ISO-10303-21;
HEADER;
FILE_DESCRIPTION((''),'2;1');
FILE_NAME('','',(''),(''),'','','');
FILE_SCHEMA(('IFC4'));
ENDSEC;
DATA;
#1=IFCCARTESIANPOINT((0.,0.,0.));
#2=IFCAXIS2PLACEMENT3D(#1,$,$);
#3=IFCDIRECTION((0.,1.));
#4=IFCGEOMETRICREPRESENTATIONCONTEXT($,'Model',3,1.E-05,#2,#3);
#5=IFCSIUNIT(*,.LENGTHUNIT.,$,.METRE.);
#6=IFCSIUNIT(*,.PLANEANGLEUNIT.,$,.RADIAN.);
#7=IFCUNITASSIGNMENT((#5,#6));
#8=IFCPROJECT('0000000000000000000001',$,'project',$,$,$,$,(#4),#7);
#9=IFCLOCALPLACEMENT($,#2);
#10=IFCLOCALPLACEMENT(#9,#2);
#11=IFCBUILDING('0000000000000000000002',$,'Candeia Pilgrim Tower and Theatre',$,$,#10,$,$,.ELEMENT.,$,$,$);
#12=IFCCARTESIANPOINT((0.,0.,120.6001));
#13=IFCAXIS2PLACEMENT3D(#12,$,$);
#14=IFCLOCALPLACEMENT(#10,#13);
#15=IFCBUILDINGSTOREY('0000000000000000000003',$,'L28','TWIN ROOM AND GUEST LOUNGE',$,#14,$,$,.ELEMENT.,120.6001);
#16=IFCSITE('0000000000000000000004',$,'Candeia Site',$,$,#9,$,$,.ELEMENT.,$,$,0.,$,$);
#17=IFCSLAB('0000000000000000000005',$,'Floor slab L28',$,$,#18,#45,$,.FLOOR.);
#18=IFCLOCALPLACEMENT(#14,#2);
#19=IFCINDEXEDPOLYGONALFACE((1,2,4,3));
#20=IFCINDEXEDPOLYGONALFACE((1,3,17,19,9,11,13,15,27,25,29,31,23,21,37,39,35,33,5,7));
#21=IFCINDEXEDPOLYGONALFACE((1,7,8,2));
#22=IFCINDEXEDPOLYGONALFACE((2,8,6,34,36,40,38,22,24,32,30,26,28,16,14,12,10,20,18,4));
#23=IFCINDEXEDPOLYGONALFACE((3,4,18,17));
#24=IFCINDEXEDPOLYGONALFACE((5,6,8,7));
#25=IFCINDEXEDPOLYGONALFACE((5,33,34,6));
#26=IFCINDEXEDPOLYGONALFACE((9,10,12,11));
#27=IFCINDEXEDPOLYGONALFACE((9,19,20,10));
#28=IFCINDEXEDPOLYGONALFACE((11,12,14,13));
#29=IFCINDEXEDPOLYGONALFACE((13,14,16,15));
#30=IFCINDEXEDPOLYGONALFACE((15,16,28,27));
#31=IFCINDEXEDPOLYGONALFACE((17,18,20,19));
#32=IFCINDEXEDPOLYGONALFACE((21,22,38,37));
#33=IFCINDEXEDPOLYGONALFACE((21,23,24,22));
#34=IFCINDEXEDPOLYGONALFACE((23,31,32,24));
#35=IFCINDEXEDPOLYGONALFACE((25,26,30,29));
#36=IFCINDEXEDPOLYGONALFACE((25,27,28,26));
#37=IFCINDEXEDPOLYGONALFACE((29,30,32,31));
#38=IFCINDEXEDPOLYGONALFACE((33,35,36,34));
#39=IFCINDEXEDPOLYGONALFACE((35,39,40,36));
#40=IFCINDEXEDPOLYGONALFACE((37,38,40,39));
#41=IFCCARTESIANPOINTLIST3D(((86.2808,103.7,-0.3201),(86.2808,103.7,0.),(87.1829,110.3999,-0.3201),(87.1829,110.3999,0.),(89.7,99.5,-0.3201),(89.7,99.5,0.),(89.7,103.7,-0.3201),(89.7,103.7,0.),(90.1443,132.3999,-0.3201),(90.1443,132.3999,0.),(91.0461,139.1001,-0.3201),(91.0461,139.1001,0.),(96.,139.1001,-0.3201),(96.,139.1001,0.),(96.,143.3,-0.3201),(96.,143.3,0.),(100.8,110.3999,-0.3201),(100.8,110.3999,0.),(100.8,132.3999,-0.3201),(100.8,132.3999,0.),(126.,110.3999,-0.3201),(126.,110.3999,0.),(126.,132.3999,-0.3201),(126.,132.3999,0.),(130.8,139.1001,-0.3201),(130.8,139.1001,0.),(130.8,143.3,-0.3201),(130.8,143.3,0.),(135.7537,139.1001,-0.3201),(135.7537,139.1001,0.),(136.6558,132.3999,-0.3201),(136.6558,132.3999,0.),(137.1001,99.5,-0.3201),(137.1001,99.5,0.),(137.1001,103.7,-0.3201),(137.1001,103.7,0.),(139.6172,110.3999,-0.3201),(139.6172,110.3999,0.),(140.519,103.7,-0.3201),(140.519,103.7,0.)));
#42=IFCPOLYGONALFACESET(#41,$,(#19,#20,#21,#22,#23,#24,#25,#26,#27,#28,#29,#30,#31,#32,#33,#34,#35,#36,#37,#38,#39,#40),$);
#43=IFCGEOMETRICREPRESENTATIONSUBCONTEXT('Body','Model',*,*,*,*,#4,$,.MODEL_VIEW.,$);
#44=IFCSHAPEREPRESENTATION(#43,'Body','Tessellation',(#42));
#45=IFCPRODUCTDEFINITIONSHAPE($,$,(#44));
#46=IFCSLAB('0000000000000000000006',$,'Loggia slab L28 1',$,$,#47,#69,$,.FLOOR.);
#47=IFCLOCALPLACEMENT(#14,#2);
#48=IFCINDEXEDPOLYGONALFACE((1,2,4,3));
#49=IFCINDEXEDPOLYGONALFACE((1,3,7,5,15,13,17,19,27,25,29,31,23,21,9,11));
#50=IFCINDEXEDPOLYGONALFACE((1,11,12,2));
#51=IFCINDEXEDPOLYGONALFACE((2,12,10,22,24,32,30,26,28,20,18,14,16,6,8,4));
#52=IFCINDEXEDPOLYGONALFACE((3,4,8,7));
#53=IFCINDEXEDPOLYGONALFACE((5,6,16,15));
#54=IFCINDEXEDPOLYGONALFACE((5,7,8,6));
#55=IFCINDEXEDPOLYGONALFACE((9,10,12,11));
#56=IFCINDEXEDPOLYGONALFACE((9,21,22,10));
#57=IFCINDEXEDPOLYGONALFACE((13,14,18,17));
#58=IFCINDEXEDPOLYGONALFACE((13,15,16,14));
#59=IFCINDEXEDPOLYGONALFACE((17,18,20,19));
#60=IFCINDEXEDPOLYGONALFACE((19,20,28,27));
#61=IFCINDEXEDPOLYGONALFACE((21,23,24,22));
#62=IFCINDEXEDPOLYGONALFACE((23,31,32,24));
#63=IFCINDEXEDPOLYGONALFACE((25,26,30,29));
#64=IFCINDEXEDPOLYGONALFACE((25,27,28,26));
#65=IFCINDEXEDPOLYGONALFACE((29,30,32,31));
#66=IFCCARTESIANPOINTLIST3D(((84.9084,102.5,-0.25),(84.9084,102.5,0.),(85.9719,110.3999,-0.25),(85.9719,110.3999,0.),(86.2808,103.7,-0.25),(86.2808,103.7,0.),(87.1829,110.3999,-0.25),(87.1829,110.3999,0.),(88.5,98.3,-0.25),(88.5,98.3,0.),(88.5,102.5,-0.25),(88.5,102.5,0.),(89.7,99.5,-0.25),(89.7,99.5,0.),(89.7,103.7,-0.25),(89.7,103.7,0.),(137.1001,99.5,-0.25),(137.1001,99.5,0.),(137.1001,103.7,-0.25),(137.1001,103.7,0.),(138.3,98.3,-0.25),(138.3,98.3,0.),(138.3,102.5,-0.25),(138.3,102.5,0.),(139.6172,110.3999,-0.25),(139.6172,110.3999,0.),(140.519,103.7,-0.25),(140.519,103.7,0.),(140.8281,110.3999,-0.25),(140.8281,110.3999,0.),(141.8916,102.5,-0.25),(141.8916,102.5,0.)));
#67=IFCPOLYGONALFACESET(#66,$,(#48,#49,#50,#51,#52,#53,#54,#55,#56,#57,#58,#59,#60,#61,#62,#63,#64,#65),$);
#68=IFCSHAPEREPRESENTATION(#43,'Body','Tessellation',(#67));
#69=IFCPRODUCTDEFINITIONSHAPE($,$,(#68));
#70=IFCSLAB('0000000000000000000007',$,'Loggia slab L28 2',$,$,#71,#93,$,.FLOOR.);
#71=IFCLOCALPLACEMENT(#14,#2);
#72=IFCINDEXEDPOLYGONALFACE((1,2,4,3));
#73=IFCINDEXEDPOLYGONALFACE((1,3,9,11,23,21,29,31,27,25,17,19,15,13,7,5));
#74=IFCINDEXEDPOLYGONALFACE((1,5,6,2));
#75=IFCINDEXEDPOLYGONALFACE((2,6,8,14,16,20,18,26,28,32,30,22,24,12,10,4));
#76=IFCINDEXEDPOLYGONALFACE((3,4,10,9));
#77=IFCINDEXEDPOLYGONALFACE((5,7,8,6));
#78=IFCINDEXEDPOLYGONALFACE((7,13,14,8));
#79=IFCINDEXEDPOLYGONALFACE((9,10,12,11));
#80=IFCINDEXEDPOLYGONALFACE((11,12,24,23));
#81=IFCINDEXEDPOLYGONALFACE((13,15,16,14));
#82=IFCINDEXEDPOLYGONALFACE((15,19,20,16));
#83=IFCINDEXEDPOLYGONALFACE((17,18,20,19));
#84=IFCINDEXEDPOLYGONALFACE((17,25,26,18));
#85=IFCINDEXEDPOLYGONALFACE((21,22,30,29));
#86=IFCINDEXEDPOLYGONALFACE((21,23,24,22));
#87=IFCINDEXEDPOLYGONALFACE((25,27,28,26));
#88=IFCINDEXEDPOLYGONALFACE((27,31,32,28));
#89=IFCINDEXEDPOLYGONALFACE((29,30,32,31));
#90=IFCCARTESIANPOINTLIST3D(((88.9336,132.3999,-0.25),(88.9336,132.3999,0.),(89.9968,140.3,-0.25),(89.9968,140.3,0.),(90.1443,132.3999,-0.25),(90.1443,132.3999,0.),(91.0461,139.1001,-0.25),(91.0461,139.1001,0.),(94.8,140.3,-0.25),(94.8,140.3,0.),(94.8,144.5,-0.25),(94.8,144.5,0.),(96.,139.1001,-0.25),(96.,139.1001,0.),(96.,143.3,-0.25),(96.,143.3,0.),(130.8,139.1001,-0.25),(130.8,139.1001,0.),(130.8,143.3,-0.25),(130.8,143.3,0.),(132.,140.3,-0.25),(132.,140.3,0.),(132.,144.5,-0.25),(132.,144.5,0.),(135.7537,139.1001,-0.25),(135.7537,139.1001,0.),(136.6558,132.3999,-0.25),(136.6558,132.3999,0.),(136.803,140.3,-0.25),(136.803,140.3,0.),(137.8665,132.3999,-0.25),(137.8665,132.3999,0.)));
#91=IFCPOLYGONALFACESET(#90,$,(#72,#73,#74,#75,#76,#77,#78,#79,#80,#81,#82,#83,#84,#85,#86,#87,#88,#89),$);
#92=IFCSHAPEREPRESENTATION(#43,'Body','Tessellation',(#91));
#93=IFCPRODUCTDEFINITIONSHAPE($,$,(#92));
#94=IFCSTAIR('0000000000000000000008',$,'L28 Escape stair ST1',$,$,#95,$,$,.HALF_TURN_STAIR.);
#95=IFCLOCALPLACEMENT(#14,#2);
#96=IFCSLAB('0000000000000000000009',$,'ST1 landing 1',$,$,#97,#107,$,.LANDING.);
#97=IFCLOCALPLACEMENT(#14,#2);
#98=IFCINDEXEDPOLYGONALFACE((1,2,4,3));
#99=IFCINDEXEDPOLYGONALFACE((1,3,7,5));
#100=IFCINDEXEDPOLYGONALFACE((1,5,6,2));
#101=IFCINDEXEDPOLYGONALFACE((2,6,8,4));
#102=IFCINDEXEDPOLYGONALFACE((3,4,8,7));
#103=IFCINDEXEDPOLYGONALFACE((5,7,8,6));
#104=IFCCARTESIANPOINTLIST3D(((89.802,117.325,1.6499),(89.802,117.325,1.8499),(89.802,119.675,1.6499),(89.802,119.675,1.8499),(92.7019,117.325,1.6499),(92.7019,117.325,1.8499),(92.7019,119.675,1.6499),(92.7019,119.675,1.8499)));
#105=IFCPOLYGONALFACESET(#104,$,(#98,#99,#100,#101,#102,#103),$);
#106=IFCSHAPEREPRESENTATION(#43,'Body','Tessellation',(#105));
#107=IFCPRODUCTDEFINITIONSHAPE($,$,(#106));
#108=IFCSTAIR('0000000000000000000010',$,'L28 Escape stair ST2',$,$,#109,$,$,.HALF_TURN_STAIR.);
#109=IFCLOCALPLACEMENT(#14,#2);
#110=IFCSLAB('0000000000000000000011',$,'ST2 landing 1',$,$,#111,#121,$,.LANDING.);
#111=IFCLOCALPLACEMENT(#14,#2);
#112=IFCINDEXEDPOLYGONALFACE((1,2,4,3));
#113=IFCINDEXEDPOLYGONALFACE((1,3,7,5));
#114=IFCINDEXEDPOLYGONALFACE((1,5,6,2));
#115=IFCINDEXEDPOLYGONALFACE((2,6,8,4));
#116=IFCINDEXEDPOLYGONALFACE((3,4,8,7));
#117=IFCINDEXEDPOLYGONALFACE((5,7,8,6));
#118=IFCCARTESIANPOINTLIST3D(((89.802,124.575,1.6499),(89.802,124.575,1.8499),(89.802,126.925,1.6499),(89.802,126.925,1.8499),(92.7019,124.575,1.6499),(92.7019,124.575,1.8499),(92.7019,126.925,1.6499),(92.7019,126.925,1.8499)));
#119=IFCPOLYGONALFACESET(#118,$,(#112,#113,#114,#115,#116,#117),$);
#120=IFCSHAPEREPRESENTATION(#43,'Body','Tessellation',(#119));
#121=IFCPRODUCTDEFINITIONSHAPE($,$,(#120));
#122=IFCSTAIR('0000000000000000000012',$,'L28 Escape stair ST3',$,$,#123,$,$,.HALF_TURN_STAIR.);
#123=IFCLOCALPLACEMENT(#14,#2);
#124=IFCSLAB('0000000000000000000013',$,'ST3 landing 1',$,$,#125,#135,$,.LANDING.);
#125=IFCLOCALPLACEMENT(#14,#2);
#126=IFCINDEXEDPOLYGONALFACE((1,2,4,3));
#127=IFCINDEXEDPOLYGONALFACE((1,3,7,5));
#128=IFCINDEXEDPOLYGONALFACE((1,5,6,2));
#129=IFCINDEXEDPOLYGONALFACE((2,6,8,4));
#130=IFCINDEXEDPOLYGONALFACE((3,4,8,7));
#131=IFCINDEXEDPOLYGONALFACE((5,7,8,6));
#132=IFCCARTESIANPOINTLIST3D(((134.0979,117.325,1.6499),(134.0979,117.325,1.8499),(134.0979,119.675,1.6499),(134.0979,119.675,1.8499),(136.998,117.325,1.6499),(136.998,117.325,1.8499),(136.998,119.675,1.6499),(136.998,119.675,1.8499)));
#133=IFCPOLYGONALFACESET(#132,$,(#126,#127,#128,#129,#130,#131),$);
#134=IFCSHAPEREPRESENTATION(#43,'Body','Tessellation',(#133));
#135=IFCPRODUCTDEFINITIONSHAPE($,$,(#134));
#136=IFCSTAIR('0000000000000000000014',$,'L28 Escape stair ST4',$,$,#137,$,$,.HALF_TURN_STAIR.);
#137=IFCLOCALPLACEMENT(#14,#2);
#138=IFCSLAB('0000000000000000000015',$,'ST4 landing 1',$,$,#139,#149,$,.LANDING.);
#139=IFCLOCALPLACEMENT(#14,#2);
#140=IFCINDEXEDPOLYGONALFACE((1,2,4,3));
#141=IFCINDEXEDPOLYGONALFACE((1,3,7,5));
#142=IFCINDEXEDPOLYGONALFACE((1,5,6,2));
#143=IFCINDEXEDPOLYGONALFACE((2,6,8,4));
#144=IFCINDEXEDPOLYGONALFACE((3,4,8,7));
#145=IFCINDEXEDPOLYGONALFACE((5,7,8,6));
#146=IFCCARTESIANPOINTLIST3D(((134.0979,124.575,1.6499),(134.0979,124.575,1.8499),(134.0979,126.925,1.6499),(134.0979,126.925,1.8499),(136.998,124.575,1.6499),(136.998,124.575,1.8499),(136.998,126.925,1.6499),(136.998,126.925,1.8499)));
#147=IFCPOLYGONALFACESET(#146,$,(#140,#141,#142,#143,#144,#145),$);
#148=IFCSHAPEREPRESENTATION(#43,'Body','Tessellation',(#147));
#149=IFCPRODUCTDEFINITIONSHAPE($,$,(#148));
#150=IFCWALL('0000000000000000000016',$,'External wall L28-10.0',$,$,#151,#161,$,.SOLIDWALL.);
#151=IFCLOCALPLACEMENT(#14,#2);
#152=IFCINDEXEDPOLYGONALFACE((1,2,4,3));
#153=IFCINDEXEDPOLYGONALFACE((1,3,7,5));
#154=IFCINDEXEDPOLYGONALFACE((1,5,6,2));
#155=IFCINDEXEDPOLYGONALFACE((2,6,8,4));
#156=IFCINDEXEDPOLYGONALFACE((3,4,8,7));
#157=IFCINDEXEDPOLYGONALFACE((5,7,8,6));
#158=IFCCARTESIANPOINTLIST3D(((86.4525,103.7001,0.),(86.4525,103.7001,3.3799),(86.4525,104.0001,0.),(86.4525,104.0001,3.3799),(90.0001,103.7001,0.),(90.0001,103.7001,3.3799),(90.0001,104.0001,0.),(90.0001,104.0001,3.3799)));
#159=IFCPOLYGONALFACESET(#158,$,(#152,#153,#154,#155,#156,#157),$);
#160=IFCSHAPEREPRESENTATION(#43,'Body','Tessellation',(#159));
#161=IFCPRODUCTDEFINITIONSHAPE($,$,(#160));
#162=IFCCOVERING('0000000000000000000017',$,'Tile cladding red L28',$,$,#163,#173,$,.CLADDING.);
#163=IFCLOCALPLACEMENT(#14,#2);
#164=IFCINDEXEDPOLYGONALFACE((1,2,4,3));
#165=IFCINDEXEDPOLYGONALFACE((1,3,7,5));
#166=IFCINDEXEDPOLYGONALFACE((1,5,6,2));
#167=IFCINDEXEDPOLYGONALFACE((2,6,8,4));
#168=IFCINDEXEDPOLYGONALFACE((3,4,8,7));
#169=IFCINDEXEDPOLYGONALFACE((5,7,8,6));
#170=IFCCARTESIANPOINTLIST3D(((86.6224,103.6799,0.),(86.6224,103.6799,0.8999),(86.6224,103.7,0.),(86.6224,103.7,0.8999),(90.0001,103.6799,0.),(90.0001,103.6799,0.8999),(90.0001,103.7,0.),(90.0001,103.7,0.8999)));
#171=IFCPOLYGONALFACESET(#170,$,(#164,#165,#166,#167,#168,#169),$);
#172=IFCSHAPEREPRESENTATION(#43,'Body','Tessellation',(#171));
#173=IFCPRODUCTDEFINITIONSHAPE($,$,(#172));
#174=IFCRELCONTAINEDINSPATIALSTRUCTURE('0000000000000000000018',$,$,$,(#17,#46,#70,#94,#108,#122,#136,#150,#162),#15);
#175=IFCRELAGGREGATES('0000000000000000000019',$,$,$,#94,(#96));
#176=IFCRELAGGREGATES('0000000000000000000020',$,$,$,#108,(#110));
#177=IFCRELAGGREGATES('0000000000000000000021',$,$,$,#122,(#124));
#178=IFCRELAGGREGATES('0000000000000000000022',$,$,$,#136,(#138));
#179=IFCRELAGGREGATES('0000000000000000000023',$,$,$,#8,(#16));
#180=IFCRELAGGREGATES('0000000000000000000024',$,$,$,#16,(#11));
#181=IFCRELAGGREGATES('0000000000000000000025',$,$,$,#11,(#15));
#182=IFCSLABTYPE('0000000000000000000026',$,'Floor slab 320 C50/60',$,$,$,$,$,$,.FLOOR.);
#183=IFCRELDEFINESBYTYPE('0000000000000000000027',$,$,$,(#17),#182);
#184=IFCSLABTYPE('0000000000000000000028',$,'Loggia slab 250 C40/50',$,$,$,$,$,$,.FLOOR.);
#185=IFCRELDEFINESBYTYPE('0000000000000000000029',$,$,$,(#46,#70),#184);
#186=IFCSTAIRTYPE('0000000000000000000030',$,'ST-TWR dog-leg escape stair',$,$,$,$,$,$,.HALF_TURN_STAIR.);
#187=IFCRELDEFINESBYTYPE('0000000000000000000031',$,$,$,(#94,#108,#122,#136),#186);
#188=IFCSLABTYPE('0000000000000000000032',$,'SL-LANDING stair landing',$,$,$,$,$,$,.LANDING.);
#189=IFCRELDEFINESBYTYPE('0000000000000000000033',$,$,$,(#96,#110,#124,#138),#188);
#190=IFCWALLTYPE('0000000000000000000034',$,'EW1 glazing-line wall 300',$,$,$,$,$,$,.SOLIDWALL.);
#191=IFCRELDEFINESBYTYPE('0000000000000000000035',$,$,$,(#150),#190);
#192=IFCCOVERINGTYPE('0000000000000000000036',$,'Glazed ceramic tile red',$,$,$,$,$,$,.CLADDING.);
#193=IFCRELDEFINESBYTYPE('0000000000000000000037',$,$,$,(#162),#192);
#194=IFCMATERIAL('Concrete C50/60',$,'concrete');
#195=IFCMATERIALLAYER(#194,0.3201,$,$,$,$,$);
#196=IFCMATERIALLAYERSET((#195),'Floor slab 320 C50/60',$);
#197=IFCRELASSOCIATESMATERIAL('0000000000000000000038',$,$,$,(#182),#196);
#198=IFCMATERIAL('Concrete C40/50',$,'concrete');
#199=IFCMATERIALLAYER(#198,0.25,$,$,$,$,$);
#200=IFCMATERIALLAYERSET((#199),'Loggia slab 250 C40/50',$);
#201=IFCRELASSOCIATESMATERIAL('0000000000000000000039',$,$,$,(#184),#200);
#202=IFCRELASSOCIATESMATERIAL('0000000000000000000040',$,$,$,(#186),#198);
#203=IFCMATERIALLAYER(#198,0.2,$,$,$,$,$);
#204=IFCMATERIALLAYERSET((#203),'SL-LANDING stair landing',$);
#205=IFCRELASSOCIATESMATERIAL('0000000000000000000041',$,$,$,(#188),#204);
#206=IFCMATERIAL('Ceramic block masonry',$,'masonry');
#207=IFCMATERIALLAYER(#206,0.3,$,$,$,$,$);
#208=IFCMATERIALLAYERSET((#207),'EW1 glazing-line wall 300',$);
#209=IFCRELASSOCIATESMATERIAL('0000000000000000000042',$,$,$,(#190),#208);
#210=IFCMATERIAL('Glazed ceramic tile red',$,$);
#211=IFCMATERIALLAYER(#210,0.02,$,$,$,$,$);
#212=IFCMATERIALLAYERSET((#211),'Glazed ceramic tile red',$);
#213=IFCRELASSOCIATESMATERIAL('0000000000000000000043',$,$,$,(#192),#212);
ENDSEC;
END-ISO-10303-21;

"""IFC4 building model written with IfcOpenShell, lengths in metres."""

from ifc_helpers import new_model, si_unit, direction, frame, frame_2d, origin, origin_2d, place, context, subcontext, project, spatial, polyline, rectangle, outline, extrude, material, layer, layer_set, type_object, element, aggregate, save


model = new_model("IFC4")

# Units and contexts
model_context = context("Model", 3, precision=1e-05, world=origin(), true_north=direction((0.0, 1.0)))
body_context = subcontext(model_context, "Body", "Model", "MODEL_VIEW")
ifc_project = project(units=[si_unit("LENGTHUNIT", "METRE"), si_unit("PLANEANGLEUNIT", "RADIAN")], contexts=[model_context])

# Site, building, storey
site_placement = place(None, origin())
site = spatial("IfcSite", under=ifc_project, at=site_placement, Name="Candeia Site", CompositionType="ELEMENT", RefElevation=0.0)
building_placement = place(site_placement, origin())
building = spatial("IfcBuilding", under=site, at=building_placement, Name="Candeia Pilgrim Tower and Theatre", CompositionType="ELEMENT")
storey_placement = place(building_placement, frame((0.0, 0.0, 120.6001)))
storey = spatial("IfcBuildingStorey", under=building, at=storey_placement, Name="L28", Description="TWIN ROOM AND GUEST LOUNGE", CompositionType="ELEMENT", Elevation=120.6001)

# Slabs
ifc_material_1 = material(Name="Concrete C40/50", Category="concrete")
ifc_material_2 = material(Name="Concrete C50/60", Category="concrete")
ifc_layer_1 = layer(ifc_material_2, 0.3201)
ifc_layer_set_1 = layer_set([ifc_layer_1], Name="Floor slab 320 C50/60")
slab_type_1 = type_object("IfcSlabType", Name="Floor slab 320 C50/60", PredefinedType="FLOOR", material=ifc_layer_set_1)
slab_1_placement = place(storey_placement, frame((0.0, 0.0, -0.3201)))
element("IfcSlab", 1, at=slab_1_placement, inside=storey, type_object=slab_type_1, Name="Floor slab L28", PredefinedType="FLOOR", context=body_context, shape_type="SweptSolid", body=[
    extrude(outline(polyline([(96.0, 139.1001), (96.0, 143.3), (130.8, 143.3), (130.8, 139.1001), (135.7537, 139.1001), (136.6558, 132.3999), (126.0, 132.3999), (126.0, 110.3999), (139.6172, 110.3999), (140.519, 103.7), (137.1001, 103.7), (137.1001, 99.5), (89.7, 99.5), (89.7, 103.7), (86.2808, 103.7), (87.1829, 110.3999), (100.8, 110.3999), (100.8, 132.3999), (90.1443, 132.3999), (91.0461, 139.1001), (96.0, 139.1001)])), origin(), (0.0, 0.0, 1.0), 0.3201),
])
ifc_layer_2 = layer(ifc_material_1, 0.25)
ifc_layer_set_2 = layer_set([ifc_layer_2], Name="Loggia slab 250 C40/50")
slab_type_2 = type_object("IfcSlabType", Name="Loggia slab 250 C40/50", PredefinedType="FLOOR", material=ifc_layer_set_2)
slab_2_placement = place(storey_placement, frame((0.0, 0.0, -0.25)))
element("IfcSlab", 2, at=slab_2_placement, inside=storey, type_object=slab_type_2, Name="Loggia slab L28 1", PredefinedType="FLOOR", context=body_context, shape_type="SweptSolid", body=[
    extrude(outline(polyline([(87.1829, 110.3999), (86.2808, 103.7), (89.7, 103.7), (89.7, 99.5), (137.1001, 99.5), (137.1001, 103.7), (140.519, 103.7), (139.6172, 110.3999), (140.8281, 110.3999), (141.8916, 102.5), (138.3, 102.5), (138.3, 98.3), (88.5, 98.3), (88.5, 102.5), (84.9084, 102.5), (85.9719, 110.3999), (87.1829, 110.3999)])), origin(), (0.0, 0.0, 1.0), 0.25),
])
slab_3_placement = place(storey_placement, frame((0.0, 0.0, -0.25)))
element("IfcSlab", 3, at=slab_3_placement, inside=storey, type_object=slab_type_2, Name="Loggia slab L28 2", PredefinedType="FLOOR", context=body_context, shape_type="SweptSolid", body=[
    extrude(outline(polyline([(136.6558, 132.3999), (135.7537, 139.1001), (130.8, 139.1001), (130.8, 143.3), (96.0, 143.3), (96.0, 139.1001), (91.0461, 139.1001), (90.1443, 132.3999), (88.9336, 132.3999), (89.9968, 140.3), (94.8, 140.3), (94.8, 144.5), (132.0, 144.5), (132.0, 140.3), (136.803, 140.3), (137.8665, 132.3999), (136.6558, 132.3999)])), origin(), (0.0, 0.0, 1.0), 0.25),
])

# Stairs, slabs
stair_type = type_object("IfcStairType", Name="ST-TWR dog-leg escape stair", PredefinedType="HALF_TURN_STAIR", material=ifc_material_1)
stair_1_placement = place(storey_placement, origin())
stair_1 = element("IfcStair", 4, at=stair_1_placement, inside=storey, type_object=stair_type, Name="L28 Escape stair ST1", PredefinedType="HALF_TURN_STAIR")
ifc_layer_3 = layer(ifc_material_1, 0.2)
ifc_layer_set_3 = layer_set([ifc_layer_3], Name="SL-LANDING stair landing")
slab_type_3 = type_object("IfcSlabType", Name="SL-LANDING stair landing", PredefinedType="LANDING", material=ifc_layer_set_3)
slab_4_placement = place(storey_placement, frame((0.0, 0.0, 1.6499)))
slab_4 = element("IfcSlab", 5, at=slab_4_placement, type_object=slab_type_3, Name="ST1 landing 1", PredefinedType="LANDING", context=body_context, shape_type="SweptSolid", body=[
    extrude(outline(polyline([(89.802, 119.675), (89.802, 117.325), (92.7019, 117.325), (92.7019, 119.675), (89.802, 119.675)])), origin(), (0.0, 0.0, 1.0), 0.2),
])
aggregate(stair_1, [slab_4])
stair_2_placement = place(storey_placement, origin())
stair_2 = element("IfcStair", 6, at=stair_2_placement, inside=storey, type_object=stair_type, Name="L28 Escape stair ST2", PredefinedType="HALF_TURN_STAIR")
slab_5_placement = place(storey_placement, frame((0.0, 0.0, 1.6499)))
slab_5 = element("IfcSlab", 7, at=slab_5_placement, type_object=slab_type_3, Name="ST2 landing 1", PredefinedType="LANDING", context=body_context, shape_type="SweptSolid", body=[
    extrude(outline(polyline([(89.802, 126.925), (89.802, 124.575), (92.7019, 124.575), (92.7019, 126.925), (89.802, 126.925)])), origin(), (0.0, 0.0, 1.0), 0.2),
])
aggregate(stair_2, [slab_5])
stair_3_placement = place(storey_placement, origin())
stair_3 = element("IfcStair", 8, at=stair_3_placement, inside=storey, type_object=stair_type, Name="L28 Escape stair ST3", PredefinedType="HALF_TURN_STAIR")
slab_6_placement = place(storey_placement, frame((0.0, 0.0, 1.6499)))
slab_6 = element("IfcSlab", 9, at=slab_6_placement, type_object=slab_type_3, Name="ST3 landing 1", PredefinedType="LANDING", context=body_context, shape_type="SweptSolid", body=[
    extrude(outline(polyline([(134.0979, 119.675), (134.0979, 117.325), (136.998, 117.325), (136.998, 119.675), (134.0979, 119.675)])), origin(), (0.0, 0.0, 1.0), 0.2),
])
aggregate(stair_3, [slab_6])
stair_4_placement = place(storey_placement, origin())
stair_4 = element("IfcStair", 10, at=stair_4_placement, inside=storey, type_object=stair_type, Name="L28 Escape stair ST4", PredefinedType="HALF_TURN_STAIR")
slab_7_placement = place(storey_placement, frame((0.0, 0.0, 1.6499)))
slab_7 = element("IfcSlab", 11, at=slab_7_placement, type_object=slab_type_3, Name="ST4 landing 1", PredefinedType="LANDING", context=body_context, shape_type="SweptSolid", body=[
    extrude(outline(polyline([(134.0979, 126.925), (134.0979, 124.575), (136.998, 124.575), (136.998, 126.925), (134.0979, 126.925)])), origin(), (0.0, 0.0, 1.0), 0.2),
])
aggregate(stair_4, [slab_7])

# Wall
ifc_material_3 = material(Name="Ceramic block masonry", Category="masonry")
ifc_layer_4 = layer(ifc_material_3, 0.3)
ifc_layer_set_4 = layer_set([ifc_layer_4], Name="EW1 glazing-line wall 300")
wall_type = type_object("IfcWallType", Name="EW1 glazing-line wall 300", PredefinedType="SOLIDWALL", material=ifc_layer_set_4)
wall_placement = place(storey_placement, frame((86.4524, 103.8501, 0.0), z_axis=(0.0, 0.0, 1.0), x_axis=(1.0, 0.0, 0.0)))
element("IfcWall", 12, at=wall_placement, inside=storey, type_object=wall_type, Name="External wall L28-10.0", PredefinedType="SOLIDWALL", context=body_context, shape_type="SweptSolid", body=[
    extrude(rectangle(XDim=3.5476, YDim=0.3, at=frame_2d((1.7739, 0.0))), origin(), (0.0, 0.0, 1.0), 3.3799),
])

# Covering
ifc_material_4 = material(Name="Glazed ceramic tile red")
ifc_layer_5 = layer(ifc_material_4, 0.02)
ifc_layer_set_5 = layer_set([ifc_layer_5], Name="Glazed ceramic tile red")
covering_type = type_object("IfcCoveringType", Name="Glazed ceramic tile red", PredefinedType="CLADDING", material=ifc_layer_set_5)
covering_placement = place(storey_placement, frame((88.3113, 103.6899, 0.0), z_axis=(0.0, 0.0, 1.0), x_axis=(1.0, 0.0, 0.0)))
element("IfcCovering", 13, at=covering_placement, inside=storey, type_object=covering_type, Name="Tile cladding red L28", PredefinedType="CLADDING", context=body_context, shape_type="SweptSolid", body=[
    extrude(rectangle(XDim=3.3777, YDim=0.02, at=origin_2d()), origin(), (0.0, 0.0, 1.0), 0.8999),
])

save(model, "model.ifc")
